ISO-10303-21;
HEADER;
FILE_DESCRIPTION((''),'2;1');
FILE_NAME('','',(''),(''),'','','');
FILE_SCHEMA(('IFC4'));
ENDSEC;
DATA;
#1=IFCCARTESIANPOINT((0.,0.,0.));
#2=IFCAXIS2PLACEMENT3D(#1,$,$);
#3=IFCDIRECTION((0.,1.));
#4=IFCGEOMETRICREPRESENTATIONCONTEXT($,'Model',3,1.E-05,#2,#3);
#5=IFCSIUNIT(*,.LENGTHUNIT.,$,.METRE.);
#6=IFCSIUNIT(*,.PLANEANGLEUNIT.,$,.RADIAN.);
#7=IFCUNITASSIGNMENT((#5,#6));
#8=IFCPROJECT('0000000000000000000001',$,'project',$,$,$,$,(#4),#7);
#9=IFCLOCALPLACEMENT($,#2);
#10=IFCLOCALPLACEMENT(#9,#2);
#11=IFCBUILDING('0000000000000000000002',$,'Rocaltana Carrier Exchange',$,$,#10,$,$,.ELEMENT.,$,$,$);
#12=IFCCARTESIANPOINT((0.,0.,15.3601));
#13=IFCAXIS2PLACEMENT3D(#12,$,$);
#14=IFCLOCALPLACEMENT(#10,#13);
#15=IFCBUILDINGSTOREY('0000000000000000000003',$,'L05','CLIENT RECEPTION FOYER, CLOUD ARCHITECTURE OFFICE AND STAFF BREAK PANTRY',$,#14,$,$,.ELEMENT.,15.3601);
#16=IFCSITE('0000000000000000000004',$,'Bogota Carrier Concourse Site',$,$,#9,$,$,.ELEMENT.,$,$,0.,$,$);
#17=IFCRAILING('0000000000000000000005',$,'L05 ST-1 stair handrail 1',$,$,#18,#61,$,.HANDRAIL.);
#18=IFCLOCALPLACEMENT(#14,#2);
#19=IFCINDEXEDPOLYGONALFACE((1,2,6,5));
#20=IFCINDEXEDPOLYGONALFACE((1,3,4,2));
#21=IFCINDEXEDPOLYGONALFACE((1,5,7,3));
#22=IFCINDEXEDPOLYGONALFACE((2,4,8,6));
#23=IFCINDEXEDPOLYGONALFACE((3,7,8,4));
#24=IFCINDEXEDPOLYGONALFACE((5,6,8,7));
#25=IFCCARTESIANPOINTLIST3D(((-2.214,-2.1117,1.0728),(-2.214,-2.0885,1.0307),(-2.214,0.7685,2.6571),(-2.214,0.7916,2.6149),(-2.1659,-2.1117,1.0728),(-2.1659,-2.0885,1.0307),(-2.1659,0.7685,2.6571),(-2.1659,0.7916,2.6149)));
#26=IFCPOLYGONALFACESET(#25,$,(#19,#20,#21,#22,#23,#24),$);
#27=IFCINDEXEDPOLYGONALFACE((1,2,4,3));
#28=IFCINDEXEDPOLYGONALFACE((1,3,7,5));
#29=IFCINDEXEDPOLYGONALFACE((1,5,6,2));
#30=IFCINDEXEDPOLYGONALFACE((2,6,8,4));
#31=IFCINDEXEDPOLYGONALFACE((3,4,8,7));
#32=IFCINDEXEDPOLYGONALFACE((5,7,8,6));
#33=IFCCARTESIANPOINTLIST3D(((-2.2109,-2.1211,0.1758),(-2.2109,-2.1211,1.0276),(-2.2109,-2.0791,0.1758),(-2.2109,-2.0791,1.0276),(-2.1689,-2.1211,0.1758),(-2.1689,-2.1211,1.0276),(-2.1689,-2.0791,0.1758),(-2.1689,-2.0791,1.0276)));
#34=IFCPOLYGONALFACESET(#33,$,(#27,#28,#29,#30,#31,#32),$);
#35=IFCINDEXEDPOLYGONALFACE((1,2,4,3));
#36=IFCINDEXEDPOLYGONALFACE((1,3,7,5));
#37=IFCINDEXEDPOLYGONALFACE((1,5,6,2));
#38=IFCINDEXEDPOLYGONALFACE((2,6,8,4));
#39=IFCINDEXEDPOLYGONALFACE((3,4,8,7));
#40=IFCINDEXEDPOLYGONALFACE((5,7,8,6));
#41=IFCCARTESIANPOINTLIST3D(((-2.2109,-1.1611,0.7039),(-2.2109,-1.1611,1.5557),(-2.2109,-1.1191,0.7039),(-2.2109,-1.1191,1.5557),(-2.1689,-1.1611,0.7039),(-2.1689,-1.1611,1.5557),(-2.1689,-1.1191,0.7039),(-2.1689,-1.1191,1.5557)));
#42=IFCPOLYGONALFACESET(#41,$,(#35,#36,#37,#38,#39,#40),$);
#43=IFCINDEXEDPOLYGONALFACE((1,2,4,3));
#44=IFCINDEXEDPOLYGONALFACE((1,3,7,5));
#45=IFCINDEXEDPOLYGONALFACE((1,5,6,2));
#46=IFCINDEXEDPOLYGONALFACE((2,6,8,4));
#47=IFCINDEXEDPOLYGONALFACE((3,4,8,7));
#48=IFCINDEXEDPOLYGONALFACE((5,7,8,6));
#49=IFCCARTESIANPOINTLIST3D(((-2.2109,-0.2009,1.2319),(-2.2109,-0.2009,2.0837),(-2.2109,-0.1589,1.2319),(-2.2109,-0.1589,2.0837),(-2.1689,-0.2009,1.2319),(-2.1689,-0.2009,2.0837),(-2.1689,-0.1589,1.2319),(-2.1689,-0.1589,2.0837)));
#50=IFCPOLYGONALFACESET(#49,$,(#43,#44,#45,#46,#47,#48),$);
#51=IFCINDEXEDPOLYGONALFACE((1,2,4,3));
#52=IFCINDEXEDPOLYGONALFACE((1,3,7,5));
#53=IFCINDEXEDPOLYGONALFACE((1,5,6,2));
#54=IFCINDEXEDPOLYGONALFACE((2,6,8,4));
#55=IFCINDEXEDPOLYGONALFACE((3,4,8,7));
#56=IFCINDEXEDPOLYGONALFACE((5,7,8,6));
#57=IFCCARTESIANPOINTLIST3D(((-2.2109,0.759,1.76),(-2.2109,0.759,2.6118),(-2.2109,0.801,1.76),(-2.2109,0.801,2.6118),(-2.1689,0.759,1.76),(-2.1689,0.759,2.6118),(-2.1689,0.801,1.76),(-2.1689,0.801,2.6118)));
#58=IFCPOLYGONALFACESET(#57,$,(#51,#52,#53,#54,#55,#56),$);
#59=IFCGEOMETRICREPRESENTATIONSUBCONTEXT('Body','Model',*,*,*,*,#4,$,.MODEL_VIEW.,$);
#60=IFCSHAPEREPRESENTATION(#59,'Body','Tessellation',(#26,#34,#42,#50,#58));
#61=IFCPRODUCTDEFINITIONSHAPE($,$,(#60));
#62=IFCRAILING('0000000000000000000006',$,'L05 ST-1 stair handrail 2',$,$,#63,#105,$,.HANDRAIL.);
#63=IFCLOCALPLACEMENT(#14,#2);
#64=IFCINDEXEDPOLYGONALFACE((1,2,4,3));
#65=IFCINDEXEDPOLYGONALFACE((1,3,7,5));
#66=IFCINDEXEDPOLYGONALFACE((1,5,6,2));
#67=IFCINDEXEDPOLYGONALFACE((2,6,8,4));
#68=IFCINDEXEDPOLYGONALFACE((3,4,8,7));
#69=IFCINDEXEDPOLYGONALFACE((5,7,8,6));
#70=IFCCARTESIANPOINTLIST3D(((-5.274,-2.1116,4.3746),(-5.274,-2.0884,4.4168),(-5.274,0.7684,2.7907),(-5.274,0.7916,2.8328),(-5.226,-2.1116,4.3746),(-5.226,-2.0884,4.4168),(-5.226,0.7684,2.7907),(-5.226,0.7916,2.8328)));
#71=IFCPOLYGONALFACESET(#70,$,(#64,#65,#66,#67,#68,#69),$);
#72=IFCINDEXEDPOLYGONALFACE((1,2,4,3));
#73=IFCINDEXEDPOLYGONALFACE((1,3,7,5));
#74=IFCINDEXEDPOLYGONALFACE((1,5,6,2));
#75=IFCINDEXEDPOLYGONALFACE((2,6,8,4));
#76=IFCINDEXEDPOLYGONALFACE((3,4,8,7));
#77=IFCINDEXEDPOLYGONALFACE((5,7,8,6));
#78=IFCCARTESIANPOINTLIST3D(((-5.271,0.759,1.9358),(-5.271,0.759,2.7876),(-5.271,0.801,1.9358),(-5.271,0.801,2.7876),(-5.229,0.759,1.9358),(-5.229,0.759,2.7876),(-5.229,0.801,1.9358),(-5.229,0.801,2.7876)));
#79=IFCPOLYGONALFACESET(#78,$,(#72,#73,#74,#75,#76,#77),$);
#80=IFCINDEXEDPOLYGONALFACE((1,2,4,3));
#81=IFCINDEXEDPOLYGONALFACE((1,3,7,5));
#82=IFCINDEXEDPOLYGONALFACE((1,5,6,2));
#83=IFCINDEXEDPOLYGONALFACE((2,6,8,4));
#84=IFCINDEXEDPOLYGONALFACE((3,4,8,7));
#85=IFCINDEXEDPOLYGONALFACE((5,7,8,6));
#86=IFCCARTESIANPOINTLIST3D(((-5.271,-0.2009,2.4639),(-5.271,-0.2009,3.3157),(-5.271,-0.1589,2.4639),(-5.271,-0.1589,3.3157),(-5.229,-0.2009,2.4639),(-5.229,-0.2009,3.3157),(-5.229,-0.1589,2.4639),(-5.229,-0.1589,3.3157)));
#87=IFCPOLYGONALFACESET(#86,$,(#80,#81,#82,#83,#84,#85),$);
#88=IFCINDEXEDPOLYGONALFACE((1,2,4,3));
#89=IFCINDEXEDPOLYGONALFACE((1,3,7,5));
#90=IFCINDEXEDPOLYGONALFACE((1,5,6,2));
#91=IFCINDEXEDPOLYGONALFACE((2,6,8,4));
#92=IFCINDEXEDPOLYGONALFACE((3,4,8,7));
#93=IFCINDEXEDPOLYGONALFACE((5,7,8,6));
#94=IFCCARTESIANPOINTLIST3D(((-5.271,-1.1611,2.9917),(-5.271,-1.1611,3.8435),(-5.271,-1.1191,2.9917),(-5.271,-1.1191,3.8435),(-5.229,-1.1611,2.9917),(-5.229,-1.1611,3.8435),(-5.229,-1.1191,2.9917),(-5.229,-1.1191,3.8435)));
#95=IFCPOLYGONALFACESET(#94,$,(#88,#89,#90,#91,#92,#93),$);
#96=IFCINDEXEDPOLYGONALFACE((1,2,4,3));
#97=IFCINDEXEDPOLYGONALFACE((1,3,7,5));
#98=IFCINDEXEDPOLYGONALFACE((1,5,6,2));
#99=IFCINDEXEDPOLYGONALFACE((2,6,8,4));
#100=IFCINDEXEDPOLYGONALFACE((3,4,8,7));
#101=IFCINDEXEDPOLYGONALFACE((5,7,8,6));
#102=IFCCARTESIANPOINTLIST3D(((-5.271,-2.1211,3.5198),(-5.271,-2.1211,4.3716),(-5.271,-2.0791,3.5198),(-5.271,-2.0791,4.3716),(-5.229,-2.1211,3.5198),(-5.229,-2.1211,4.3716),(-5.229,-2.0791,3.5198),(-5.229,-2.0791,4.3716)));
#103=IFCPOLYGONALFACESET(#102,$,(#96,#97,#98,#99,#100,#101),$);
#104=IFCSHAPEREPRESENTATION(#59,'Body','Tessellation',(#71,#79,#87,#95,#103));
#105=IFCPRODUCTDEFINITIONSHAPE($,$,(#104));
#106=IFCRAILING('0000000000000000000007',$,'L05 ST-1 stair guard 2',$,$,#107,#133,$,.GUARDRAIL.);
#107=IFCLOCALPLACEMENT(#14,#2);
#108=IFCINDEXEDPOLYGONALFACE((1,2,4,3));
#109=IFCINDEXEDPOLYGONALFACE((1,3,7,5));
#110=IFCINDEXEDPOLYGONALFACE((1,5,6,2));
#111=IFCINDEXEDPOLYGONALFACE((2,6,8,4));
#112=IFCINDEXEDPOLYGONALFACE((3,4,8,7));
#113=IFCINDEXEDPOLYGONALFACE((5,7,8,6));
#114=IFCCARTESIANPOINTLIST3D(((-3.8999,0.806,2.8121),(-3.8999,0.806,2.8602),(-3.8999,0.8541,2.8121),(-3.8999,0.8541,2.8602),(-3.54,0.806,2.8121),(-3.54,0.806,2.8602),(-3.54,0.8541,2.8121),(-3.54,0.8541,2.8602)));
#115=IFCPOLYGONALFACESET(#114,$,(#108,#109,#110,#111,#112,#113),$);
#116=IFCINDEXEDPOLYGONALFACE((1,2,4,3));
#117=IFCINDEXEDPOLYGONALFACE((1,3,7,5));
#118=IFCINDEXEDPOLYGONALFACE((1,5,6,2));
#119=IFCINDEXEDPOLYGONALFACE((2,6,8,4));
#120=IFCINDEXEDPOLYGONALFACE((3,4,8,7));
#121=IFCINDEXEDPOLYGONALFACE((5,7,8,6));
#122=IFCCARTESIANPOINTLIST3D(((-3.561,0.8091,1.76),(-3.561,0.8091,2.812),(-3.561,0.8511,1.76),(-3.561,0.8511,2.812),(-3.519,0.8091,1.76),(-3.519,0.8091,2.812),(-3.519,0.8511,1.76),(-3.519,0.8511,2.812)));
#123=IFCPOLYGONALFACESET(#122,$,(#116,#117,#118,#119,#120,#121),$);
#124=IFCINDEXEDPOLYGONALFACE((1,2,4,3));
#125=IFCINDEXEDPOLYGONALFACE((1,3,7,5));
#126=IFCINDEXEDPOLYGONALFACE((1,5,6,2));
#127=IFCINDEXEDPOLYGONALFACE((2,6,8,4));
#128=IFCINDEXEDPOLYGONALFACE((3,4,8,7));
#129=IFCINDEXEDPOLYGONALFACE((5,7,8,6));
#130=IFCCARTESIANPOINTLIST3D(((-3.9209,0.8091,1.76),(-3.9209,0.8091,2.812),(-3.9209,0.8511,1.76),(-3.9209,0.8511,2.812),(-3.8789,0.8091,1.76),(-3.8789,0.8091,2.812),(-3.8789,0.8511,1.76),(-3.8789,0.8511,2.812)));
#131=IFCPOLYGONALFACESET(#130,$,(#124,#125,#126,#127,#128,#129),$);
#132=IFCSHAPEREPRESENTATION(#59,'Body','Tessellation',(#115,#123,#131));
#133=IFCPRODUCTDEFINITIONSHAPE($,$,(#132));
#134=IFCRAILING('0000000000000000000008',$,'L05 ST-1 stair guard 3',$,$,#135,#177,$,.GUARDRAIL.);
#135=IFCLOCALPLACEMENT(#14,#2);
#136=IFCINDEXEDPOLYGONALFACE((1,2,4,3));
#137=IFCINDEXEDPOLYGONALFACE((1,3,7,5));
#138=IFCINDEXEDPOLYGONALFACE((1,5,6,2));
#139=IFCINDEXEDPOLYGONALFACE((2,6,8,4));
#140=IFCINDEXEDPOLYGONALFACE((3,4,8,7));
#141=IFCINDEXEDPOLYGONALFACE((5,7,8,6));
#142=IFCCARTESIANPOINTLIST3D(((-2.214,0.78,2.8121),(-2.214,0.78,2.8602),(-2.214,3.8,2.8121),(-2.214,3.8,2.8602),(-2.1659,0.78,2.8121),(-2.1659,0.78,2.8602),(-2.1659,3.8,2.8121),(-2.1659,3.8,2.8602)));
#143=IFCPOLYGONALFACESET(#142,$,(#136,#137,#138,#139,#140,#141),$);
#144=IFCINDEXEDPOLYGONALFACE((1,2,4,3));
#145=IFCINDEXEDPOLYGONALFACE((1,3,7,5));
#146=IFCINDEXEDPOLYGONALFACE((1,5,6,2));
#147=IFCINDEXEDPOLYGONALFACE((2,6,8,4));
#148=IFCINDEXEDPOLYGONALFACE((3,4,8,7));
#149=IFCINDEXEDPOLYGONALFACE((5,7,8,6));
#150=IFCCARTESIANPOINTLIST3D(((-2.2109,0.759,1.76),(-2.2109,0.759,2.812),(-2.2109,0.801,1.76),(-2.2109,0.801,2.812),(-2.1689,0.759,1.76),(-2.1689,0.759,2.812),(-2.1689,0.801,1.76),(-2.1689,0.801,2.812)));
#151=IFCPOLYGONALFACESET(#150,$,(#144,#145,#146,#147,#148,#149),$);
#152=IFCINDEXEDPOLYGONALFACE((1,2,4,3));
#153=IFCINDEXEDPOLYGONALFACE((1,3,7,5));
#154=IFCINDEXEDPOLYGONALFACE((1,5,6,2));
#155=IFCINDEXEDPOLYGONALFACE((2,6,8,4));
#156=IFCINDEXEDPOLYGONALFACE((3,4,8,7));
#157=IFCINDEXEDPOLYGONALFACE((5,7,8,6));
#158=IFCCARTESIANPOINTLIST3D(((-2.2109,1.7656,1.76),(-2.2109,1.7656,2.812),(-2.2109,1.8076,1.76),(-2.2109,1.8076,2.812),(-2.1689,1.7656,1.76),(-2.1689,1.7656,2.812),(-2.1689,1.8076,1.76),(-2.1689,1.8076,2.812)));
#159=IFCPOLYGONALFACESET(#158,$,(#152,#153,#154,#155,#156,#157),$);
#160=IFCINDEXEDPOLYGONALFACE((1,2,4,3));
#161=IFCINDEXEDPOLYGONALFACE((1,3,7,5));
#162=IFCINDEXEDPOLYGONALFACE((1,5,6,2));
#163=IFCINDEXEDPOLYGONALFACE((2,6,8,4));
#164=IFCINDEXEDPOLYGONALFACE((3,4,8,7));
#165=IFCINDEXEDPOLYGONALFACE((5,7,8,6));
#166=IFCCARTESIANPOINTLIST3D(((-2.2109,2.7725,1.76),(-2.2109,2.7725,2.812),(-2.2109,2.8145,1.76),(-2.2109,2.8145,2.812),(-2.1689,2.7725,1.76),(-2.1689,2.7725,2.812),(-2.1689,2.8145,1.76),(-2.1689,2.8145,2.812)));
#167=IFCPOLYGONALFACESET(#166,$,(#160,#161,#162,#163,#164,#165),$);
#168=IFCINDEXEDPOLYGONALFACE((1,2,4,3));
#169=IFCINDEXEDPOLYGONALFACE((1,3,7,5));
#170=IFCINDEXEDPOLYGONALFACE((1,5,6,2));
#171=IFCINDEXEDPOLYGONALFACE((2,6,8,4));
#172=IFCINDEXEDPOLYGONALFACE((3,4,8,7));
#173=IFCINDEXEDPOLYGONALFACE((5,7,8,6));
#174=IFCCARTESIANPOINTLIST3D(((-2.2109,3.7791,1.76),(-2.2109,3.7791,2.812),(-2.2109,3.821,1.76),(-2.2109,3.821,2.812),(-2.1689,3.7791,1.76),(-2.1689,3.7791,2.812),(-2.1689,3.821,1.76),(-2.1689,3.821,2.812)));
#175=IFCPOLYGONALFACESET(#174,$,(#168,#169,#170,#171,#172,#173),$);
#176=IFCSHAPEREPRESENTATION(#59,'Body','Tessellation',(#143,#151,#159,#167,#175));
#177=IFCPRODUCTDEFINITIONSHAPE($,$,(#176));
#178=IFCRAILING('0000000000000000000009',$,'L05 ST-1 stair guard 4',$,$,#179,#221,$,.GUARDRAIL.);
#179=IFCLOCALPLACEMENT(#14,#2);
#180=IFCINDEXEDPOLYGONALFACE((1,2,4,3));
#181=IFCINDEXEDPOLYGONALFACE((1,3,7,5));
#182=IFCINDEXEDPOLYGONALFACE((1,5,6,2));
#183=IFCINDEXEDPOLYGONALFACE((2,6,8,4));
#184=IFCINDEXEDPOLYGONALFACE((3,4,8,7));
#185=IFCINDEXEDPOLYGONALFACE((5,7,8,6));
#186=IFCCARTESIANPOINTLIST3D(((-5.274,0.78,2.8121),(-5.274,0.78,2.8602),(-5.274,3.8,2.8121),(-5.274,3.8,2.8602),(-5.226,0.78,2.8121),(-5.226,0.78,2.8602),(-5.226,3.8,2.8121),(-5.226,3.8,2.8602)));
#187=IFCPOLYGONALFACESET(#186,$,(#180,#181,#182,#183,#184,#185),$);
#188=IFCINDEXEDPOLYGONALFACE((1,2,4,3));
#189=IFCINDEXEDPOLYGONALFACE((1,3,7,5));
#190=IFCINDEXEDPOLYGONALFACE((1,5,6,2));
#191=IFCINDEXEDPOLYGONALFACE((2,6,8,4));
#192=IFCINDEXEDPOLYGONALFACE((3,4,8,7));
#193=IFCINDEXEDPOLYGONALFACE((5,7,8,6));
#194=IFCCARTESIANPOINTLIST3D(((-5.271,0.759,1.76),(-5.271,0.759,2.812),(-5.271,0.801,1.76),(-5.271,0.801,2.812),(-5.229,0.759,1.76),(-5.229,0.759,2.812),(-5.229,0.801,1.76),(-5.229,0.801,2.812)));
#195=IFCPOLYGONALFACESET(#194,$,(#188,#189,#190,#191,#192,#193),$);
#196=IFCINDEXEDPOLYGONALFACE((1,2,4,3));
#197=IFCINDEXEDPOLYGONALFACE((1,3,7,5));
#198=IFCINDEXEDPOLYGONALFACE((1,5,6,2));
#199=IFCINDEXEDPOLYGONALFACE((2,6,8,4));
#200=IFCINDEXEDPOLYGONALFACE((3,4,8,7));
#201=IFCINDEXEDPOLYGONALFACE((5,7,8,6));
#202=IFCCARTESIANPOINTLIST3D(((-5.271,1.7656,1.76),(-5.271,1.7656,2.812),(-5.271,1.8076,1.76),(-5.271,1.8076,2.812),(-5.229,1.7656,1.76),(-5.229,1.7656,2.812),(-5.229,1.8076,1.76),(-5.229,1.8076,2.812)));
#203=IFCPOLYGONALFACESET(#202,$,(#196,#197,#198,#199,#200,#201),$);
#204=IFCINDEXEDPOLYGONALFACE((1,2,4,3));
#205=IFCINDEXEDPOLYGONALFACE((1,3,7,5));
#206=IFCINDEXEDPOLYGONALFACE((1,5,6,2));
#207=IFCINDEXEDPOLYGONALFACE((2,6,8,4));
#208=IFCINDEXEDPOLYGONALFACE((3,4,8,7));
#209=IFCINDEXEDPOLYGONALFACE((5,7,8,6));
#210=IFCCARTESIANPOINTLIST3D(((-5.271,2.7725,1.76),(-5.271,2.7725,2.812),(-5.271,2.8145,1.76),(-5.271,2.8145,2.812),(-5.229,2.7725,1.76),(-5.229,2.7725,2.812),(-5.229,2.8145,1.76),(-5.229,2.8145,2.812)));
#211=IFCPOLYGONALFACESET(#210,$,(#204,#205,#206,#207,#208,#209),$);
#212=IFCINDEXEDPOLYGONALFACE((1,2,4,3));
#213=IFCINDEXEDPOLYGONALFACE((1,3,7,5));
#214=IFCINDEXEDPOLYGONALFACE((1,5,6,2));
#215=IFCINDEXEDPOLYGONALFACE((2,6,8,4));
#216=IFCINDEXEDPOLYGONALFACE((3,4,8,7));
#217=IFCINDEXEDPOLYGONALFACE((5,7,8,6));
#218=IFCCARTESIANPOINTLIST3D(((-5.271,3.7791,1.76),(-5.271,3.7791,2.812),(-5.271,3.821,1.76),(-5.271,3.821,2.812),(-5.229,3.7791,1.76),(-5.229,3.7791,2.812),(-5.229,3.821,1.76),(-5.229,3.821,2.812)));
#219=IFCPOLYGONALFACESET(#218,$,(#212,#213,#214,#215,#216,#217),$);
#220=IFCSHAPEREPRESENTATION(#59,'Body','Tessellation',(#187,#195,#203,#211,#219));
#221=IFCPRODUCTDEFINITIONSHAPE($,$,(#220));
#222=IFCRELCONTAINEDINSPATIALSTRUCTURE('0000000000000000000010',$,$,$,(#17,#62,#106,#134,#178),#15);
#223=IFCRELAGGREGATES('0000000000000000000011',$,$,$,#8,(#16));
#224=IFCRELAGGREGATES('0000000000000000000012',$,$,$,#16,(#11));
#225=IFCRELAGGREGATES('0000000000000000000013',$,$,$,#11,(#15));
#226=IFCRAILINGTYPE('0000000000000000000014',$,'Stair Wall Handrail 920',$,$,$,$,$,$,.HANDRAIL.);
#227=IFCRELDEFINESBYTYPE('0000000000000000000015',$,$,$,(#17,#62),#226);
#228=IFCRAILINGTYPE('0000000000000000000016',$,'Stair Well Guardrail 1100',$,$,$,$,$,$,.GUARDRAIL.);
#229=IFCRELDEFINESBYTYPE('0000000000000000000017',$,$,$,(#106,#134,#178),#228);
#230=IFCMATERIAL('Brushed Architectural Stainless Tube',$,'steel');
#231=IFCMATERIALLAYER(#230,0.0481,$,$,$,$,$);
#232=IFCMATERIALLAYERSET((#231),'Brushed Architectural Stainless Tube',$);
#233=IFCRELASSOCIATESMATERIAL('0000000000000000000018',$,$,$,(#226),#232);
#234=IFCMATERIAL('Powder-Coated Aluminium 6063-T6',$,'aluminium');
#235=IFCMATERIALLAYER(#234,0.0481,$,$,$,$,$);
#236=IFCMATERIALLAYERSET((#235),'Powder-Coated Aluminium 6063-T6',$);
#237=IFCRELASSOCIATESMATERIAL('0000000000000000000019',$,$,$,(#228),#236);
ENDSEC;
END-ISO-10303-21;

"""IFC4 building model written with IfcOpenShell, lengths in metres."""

from ifc_helpers import new_model, si_unit, direction, frame, origin, origin_2d, place, context, subcontext, project, spatial, rectangle, extrude, material, layer, layer_set, type_object, element, save


model = new_model("IFC4")

# Units and contexts
model_context = context("Model", 3, precision=1e-05, world=origin(), true_north=direction((0.0, 1.0)))
body_context = subcontext(model_context, "Body", "Model", "MODEL_VIEW")
ifc_project = project(units=[si_unit("LENGTHUNIT", "METRE"), si_unit("PLANEANGLEUNIT", "RADIAN")], contexts=[model_context])

# Site, building, storey
site_placement = place(None, origin())
site = spatial("IfcSite", under=ifc_project, at=site_placement, Name="Bogota Carrier Concourse Site", CompositionType="ELEMENT", RefElevation=0.0)
building_placement = place(site_placement, origin())
building = spatial("IfcBuilding", under=site, at=building_placement, Name="Rocaltana Carrier Exchange", CompositionType="ELEMENT")
storey_placement = place(building_placement, frame((0.0, 0.0, 15.3601)))
storey = spatial("IfcBuildingStorey", under=building, at=storey_placement, Name="L05", Description="CLIENT RECEPTION FOYER, CLOUD ARCHITECTURE OFFICE AND STAFF BREAK PANTRY", CompositionType="ELEMENT", Elevation=15.3601)

# Railings
ifc_material_1 = material(Name="Brushed Architectural Stainless Tube", Category="steel")
ifc_layer_1 = layer(ifc_material_1, 0.0481)
ifc_layer_set_1 = layer_set([ifc_layer_1], Name="Brushed Architectural Stainless Tube")
railing_type_1 = type_object("IfcRailingType", Name="Stair Wall Handrail 920", PredefinedType="HANDRAIL", material=ifc_layer_set_1)
railing_1_placement = place(storey_placement, frame((-2.1899, -2.1001, 0.1758)))
element("IfcRailing", 1, at=railing_1_placement, inside=storey, type_object=railing_type_1, Name="L05 ST-1 stair handrail 1", PredefinedType="HANDRAIL", context=body_context, shape_type="SweptSolid", body=[
    extrude(rectangle(XDim=0.0481, YDim=0.0481, at=origin_2d()), frame((0.0, 0.0, 0.876), z_axis=(0.0, 0.876196, 0.481956), x_axis=(-1.0, 0.0, 0.0)), (0.0, 0.0, 1.0), 3.2871),
    extrude(rectangle(XDim=0.042, YDim=0.042, at=origin_2d()), origin(), (0.0, 0.0, 1.0), 0.8518),
    extrude(rectangle(XDim=0.042, YDim=0.042, at=origin_2d()), frame((0.0, 0.96, 0.5281)), (0.0, 0.0, 1.0), 0.8518),
    extrude(rectangle(XDim=0.042, YDim=0.042, at=origin_2d()), frame((0.0, 1.9202, 1.0562)), (0.0, 0.0, 1.0), 0.8518),
    extrude(rectangle(XDim=0.042, YDim=0.042, at=origin_2d()), frame((0.0, 2.8801, 1.5842)), (0.0, 0.0, 1.0), 0.8518),
])
railing_2_placement = place(storey_placement, frame((-5.25, 0.78, 1.9358)))
element("IfcRailing", 2, at=railing_2_placement, inside=storey, type_object=railing_type_1, Name="L05 ST-1 stair handrail 2", PredefinedType="HANDRAIL", context=body_context, shape_type="SweptSolid", body=[
    extrude(rectangle(XDim=0.0481, YDim=0.0481, at=origin_2d()), frame((0.0, 0.0, 0.876), z_axis=(0.0, -0.876227, 0.481899), x_axis=(1.0, 0.0, 0.0)), (0.0, 0.0, 1.0), 3.2869),
    extrude(rectangle(XDim=0.042, YDim=0.042, at=origin_2d()), origin(), (0.0, 0.0, 1.0), 0.8518),
    extrude(rectangle(XDim=0.042, YDim=0.042, at=origin_2d()), frame((0.0, -0.96, 0.5281)), (0.0, 0.0, 1.0), 0.8518),
    extrude(rectangle(XDim=0.042, YDim=0.042, at=origin_2d()), frame((0.0, -1.9202, 1.0559)), (0.0, 0.0, 1.0), 0.8518),
    extrude(rectangle(XDim=0.042, YDim=0.042, at=origin_2d()), frame((0.0, -2.8801, 1.584)), (0.0, 0.0, 1.0), 0.8518),
])
ifc_material_2 = material(Name="Powder-Coated Aluminium 6063-T6", Category="aluminium")
ifc_layer_2 = layer(ifc_material_2, 0.0481)
ifc_layer_set_2 = layer_set([ifc_layer_2], Name="Powder-Coated Aluminium 6063-T6")
railing_type_2 = type_object("IfcRailingType", Name="Stair Well Guardrail 1100", PredefinedType="GUARDRAIL", material=ifc_layer_set_2)
railing_3_placement = place(storey_placement, frame((-3.54, 0.8301, 1.76)))
element("IfcRailing", 3, at=railing_3_placement, inside=storey, type_object=railing_type_2, Name="L05 ST-1 stair guard 2", PredefinedType="GUARDRAIL", context=body_context, shape_type="SweptSolid", body=[
    extrude(rectangle(XDim=0.0481, YDim=0.0481, at=origin_2d()), frame((0.0, 0.0, 1.0762), z_axis=(-1.0, 0.0, 0.0), x_axis=(0.0, -1.0, 0.0)), (0.0, 0.0, 1.0), 0.3599),
    extrude(rectangle(XDim=0.042, YDim=0.042, at=origin_2d()), origin(), (0.0, 0.0, 1.0), 1.052),
    extrude(rectangle(XDim=0.042, YDim=0.042, at=origin_2d()), frame((-0.3599, 0.0, 0.0)), (0.0, 0.0, 1.0), 1.052),
])
for number, where, name in (
    (4, (-2.1899, 0.78, 1.76), "L05 ST-1 stair guard 3"),
    (5, (-5.25, 0.78, 1.76), "L05 ST-1 stair guard 4"),
):
    element("IfcRailing", number, at=place(storey_placement, frame(where)), inside=storey, type_object=railing_type_2, Name=name, PredefinedType="GUARDRAIL", context=body_context, shape_type="SweptSolid", body=[
        extrude(rectangle(XDim=0.0481, YDim=0.0481, at=origin_2d()), frame((0.0, 0.0, 1.0762), z_axis=(0.0, 1.0, 0.0), x_axis=(-1.0, 0.0, 0.0)), (0.0, 0.0, 1.0), 3.02),
        extrude(rectangle(XDim=0.042, YDim=0.042, at=origin_2d()), origin(), (0.0, 0.0, 1.0), 1.052),
        extrude(rectangle(XDim=0.042, YDim=0.042, at=origin_2d()), frame((0.0, 1.0066, 0.0)), (0.0, 0.0, 1.0), 1.052),
        extrude(rectangle(XDim=0.042, YDim=0.042, at=origin_2d()), frame((0.0, 2.0134, 0.0)), (0.0, 0.0, 1.0), 1.052),
        extrude(rectangle(XDim=0.042, YDim=0.042, at=origin_2d()), frame((0.0, 3.02, 0.0)), (0.0, 0.0, 1.0), 1.052),
    ])

save(model, "model.ifc")
